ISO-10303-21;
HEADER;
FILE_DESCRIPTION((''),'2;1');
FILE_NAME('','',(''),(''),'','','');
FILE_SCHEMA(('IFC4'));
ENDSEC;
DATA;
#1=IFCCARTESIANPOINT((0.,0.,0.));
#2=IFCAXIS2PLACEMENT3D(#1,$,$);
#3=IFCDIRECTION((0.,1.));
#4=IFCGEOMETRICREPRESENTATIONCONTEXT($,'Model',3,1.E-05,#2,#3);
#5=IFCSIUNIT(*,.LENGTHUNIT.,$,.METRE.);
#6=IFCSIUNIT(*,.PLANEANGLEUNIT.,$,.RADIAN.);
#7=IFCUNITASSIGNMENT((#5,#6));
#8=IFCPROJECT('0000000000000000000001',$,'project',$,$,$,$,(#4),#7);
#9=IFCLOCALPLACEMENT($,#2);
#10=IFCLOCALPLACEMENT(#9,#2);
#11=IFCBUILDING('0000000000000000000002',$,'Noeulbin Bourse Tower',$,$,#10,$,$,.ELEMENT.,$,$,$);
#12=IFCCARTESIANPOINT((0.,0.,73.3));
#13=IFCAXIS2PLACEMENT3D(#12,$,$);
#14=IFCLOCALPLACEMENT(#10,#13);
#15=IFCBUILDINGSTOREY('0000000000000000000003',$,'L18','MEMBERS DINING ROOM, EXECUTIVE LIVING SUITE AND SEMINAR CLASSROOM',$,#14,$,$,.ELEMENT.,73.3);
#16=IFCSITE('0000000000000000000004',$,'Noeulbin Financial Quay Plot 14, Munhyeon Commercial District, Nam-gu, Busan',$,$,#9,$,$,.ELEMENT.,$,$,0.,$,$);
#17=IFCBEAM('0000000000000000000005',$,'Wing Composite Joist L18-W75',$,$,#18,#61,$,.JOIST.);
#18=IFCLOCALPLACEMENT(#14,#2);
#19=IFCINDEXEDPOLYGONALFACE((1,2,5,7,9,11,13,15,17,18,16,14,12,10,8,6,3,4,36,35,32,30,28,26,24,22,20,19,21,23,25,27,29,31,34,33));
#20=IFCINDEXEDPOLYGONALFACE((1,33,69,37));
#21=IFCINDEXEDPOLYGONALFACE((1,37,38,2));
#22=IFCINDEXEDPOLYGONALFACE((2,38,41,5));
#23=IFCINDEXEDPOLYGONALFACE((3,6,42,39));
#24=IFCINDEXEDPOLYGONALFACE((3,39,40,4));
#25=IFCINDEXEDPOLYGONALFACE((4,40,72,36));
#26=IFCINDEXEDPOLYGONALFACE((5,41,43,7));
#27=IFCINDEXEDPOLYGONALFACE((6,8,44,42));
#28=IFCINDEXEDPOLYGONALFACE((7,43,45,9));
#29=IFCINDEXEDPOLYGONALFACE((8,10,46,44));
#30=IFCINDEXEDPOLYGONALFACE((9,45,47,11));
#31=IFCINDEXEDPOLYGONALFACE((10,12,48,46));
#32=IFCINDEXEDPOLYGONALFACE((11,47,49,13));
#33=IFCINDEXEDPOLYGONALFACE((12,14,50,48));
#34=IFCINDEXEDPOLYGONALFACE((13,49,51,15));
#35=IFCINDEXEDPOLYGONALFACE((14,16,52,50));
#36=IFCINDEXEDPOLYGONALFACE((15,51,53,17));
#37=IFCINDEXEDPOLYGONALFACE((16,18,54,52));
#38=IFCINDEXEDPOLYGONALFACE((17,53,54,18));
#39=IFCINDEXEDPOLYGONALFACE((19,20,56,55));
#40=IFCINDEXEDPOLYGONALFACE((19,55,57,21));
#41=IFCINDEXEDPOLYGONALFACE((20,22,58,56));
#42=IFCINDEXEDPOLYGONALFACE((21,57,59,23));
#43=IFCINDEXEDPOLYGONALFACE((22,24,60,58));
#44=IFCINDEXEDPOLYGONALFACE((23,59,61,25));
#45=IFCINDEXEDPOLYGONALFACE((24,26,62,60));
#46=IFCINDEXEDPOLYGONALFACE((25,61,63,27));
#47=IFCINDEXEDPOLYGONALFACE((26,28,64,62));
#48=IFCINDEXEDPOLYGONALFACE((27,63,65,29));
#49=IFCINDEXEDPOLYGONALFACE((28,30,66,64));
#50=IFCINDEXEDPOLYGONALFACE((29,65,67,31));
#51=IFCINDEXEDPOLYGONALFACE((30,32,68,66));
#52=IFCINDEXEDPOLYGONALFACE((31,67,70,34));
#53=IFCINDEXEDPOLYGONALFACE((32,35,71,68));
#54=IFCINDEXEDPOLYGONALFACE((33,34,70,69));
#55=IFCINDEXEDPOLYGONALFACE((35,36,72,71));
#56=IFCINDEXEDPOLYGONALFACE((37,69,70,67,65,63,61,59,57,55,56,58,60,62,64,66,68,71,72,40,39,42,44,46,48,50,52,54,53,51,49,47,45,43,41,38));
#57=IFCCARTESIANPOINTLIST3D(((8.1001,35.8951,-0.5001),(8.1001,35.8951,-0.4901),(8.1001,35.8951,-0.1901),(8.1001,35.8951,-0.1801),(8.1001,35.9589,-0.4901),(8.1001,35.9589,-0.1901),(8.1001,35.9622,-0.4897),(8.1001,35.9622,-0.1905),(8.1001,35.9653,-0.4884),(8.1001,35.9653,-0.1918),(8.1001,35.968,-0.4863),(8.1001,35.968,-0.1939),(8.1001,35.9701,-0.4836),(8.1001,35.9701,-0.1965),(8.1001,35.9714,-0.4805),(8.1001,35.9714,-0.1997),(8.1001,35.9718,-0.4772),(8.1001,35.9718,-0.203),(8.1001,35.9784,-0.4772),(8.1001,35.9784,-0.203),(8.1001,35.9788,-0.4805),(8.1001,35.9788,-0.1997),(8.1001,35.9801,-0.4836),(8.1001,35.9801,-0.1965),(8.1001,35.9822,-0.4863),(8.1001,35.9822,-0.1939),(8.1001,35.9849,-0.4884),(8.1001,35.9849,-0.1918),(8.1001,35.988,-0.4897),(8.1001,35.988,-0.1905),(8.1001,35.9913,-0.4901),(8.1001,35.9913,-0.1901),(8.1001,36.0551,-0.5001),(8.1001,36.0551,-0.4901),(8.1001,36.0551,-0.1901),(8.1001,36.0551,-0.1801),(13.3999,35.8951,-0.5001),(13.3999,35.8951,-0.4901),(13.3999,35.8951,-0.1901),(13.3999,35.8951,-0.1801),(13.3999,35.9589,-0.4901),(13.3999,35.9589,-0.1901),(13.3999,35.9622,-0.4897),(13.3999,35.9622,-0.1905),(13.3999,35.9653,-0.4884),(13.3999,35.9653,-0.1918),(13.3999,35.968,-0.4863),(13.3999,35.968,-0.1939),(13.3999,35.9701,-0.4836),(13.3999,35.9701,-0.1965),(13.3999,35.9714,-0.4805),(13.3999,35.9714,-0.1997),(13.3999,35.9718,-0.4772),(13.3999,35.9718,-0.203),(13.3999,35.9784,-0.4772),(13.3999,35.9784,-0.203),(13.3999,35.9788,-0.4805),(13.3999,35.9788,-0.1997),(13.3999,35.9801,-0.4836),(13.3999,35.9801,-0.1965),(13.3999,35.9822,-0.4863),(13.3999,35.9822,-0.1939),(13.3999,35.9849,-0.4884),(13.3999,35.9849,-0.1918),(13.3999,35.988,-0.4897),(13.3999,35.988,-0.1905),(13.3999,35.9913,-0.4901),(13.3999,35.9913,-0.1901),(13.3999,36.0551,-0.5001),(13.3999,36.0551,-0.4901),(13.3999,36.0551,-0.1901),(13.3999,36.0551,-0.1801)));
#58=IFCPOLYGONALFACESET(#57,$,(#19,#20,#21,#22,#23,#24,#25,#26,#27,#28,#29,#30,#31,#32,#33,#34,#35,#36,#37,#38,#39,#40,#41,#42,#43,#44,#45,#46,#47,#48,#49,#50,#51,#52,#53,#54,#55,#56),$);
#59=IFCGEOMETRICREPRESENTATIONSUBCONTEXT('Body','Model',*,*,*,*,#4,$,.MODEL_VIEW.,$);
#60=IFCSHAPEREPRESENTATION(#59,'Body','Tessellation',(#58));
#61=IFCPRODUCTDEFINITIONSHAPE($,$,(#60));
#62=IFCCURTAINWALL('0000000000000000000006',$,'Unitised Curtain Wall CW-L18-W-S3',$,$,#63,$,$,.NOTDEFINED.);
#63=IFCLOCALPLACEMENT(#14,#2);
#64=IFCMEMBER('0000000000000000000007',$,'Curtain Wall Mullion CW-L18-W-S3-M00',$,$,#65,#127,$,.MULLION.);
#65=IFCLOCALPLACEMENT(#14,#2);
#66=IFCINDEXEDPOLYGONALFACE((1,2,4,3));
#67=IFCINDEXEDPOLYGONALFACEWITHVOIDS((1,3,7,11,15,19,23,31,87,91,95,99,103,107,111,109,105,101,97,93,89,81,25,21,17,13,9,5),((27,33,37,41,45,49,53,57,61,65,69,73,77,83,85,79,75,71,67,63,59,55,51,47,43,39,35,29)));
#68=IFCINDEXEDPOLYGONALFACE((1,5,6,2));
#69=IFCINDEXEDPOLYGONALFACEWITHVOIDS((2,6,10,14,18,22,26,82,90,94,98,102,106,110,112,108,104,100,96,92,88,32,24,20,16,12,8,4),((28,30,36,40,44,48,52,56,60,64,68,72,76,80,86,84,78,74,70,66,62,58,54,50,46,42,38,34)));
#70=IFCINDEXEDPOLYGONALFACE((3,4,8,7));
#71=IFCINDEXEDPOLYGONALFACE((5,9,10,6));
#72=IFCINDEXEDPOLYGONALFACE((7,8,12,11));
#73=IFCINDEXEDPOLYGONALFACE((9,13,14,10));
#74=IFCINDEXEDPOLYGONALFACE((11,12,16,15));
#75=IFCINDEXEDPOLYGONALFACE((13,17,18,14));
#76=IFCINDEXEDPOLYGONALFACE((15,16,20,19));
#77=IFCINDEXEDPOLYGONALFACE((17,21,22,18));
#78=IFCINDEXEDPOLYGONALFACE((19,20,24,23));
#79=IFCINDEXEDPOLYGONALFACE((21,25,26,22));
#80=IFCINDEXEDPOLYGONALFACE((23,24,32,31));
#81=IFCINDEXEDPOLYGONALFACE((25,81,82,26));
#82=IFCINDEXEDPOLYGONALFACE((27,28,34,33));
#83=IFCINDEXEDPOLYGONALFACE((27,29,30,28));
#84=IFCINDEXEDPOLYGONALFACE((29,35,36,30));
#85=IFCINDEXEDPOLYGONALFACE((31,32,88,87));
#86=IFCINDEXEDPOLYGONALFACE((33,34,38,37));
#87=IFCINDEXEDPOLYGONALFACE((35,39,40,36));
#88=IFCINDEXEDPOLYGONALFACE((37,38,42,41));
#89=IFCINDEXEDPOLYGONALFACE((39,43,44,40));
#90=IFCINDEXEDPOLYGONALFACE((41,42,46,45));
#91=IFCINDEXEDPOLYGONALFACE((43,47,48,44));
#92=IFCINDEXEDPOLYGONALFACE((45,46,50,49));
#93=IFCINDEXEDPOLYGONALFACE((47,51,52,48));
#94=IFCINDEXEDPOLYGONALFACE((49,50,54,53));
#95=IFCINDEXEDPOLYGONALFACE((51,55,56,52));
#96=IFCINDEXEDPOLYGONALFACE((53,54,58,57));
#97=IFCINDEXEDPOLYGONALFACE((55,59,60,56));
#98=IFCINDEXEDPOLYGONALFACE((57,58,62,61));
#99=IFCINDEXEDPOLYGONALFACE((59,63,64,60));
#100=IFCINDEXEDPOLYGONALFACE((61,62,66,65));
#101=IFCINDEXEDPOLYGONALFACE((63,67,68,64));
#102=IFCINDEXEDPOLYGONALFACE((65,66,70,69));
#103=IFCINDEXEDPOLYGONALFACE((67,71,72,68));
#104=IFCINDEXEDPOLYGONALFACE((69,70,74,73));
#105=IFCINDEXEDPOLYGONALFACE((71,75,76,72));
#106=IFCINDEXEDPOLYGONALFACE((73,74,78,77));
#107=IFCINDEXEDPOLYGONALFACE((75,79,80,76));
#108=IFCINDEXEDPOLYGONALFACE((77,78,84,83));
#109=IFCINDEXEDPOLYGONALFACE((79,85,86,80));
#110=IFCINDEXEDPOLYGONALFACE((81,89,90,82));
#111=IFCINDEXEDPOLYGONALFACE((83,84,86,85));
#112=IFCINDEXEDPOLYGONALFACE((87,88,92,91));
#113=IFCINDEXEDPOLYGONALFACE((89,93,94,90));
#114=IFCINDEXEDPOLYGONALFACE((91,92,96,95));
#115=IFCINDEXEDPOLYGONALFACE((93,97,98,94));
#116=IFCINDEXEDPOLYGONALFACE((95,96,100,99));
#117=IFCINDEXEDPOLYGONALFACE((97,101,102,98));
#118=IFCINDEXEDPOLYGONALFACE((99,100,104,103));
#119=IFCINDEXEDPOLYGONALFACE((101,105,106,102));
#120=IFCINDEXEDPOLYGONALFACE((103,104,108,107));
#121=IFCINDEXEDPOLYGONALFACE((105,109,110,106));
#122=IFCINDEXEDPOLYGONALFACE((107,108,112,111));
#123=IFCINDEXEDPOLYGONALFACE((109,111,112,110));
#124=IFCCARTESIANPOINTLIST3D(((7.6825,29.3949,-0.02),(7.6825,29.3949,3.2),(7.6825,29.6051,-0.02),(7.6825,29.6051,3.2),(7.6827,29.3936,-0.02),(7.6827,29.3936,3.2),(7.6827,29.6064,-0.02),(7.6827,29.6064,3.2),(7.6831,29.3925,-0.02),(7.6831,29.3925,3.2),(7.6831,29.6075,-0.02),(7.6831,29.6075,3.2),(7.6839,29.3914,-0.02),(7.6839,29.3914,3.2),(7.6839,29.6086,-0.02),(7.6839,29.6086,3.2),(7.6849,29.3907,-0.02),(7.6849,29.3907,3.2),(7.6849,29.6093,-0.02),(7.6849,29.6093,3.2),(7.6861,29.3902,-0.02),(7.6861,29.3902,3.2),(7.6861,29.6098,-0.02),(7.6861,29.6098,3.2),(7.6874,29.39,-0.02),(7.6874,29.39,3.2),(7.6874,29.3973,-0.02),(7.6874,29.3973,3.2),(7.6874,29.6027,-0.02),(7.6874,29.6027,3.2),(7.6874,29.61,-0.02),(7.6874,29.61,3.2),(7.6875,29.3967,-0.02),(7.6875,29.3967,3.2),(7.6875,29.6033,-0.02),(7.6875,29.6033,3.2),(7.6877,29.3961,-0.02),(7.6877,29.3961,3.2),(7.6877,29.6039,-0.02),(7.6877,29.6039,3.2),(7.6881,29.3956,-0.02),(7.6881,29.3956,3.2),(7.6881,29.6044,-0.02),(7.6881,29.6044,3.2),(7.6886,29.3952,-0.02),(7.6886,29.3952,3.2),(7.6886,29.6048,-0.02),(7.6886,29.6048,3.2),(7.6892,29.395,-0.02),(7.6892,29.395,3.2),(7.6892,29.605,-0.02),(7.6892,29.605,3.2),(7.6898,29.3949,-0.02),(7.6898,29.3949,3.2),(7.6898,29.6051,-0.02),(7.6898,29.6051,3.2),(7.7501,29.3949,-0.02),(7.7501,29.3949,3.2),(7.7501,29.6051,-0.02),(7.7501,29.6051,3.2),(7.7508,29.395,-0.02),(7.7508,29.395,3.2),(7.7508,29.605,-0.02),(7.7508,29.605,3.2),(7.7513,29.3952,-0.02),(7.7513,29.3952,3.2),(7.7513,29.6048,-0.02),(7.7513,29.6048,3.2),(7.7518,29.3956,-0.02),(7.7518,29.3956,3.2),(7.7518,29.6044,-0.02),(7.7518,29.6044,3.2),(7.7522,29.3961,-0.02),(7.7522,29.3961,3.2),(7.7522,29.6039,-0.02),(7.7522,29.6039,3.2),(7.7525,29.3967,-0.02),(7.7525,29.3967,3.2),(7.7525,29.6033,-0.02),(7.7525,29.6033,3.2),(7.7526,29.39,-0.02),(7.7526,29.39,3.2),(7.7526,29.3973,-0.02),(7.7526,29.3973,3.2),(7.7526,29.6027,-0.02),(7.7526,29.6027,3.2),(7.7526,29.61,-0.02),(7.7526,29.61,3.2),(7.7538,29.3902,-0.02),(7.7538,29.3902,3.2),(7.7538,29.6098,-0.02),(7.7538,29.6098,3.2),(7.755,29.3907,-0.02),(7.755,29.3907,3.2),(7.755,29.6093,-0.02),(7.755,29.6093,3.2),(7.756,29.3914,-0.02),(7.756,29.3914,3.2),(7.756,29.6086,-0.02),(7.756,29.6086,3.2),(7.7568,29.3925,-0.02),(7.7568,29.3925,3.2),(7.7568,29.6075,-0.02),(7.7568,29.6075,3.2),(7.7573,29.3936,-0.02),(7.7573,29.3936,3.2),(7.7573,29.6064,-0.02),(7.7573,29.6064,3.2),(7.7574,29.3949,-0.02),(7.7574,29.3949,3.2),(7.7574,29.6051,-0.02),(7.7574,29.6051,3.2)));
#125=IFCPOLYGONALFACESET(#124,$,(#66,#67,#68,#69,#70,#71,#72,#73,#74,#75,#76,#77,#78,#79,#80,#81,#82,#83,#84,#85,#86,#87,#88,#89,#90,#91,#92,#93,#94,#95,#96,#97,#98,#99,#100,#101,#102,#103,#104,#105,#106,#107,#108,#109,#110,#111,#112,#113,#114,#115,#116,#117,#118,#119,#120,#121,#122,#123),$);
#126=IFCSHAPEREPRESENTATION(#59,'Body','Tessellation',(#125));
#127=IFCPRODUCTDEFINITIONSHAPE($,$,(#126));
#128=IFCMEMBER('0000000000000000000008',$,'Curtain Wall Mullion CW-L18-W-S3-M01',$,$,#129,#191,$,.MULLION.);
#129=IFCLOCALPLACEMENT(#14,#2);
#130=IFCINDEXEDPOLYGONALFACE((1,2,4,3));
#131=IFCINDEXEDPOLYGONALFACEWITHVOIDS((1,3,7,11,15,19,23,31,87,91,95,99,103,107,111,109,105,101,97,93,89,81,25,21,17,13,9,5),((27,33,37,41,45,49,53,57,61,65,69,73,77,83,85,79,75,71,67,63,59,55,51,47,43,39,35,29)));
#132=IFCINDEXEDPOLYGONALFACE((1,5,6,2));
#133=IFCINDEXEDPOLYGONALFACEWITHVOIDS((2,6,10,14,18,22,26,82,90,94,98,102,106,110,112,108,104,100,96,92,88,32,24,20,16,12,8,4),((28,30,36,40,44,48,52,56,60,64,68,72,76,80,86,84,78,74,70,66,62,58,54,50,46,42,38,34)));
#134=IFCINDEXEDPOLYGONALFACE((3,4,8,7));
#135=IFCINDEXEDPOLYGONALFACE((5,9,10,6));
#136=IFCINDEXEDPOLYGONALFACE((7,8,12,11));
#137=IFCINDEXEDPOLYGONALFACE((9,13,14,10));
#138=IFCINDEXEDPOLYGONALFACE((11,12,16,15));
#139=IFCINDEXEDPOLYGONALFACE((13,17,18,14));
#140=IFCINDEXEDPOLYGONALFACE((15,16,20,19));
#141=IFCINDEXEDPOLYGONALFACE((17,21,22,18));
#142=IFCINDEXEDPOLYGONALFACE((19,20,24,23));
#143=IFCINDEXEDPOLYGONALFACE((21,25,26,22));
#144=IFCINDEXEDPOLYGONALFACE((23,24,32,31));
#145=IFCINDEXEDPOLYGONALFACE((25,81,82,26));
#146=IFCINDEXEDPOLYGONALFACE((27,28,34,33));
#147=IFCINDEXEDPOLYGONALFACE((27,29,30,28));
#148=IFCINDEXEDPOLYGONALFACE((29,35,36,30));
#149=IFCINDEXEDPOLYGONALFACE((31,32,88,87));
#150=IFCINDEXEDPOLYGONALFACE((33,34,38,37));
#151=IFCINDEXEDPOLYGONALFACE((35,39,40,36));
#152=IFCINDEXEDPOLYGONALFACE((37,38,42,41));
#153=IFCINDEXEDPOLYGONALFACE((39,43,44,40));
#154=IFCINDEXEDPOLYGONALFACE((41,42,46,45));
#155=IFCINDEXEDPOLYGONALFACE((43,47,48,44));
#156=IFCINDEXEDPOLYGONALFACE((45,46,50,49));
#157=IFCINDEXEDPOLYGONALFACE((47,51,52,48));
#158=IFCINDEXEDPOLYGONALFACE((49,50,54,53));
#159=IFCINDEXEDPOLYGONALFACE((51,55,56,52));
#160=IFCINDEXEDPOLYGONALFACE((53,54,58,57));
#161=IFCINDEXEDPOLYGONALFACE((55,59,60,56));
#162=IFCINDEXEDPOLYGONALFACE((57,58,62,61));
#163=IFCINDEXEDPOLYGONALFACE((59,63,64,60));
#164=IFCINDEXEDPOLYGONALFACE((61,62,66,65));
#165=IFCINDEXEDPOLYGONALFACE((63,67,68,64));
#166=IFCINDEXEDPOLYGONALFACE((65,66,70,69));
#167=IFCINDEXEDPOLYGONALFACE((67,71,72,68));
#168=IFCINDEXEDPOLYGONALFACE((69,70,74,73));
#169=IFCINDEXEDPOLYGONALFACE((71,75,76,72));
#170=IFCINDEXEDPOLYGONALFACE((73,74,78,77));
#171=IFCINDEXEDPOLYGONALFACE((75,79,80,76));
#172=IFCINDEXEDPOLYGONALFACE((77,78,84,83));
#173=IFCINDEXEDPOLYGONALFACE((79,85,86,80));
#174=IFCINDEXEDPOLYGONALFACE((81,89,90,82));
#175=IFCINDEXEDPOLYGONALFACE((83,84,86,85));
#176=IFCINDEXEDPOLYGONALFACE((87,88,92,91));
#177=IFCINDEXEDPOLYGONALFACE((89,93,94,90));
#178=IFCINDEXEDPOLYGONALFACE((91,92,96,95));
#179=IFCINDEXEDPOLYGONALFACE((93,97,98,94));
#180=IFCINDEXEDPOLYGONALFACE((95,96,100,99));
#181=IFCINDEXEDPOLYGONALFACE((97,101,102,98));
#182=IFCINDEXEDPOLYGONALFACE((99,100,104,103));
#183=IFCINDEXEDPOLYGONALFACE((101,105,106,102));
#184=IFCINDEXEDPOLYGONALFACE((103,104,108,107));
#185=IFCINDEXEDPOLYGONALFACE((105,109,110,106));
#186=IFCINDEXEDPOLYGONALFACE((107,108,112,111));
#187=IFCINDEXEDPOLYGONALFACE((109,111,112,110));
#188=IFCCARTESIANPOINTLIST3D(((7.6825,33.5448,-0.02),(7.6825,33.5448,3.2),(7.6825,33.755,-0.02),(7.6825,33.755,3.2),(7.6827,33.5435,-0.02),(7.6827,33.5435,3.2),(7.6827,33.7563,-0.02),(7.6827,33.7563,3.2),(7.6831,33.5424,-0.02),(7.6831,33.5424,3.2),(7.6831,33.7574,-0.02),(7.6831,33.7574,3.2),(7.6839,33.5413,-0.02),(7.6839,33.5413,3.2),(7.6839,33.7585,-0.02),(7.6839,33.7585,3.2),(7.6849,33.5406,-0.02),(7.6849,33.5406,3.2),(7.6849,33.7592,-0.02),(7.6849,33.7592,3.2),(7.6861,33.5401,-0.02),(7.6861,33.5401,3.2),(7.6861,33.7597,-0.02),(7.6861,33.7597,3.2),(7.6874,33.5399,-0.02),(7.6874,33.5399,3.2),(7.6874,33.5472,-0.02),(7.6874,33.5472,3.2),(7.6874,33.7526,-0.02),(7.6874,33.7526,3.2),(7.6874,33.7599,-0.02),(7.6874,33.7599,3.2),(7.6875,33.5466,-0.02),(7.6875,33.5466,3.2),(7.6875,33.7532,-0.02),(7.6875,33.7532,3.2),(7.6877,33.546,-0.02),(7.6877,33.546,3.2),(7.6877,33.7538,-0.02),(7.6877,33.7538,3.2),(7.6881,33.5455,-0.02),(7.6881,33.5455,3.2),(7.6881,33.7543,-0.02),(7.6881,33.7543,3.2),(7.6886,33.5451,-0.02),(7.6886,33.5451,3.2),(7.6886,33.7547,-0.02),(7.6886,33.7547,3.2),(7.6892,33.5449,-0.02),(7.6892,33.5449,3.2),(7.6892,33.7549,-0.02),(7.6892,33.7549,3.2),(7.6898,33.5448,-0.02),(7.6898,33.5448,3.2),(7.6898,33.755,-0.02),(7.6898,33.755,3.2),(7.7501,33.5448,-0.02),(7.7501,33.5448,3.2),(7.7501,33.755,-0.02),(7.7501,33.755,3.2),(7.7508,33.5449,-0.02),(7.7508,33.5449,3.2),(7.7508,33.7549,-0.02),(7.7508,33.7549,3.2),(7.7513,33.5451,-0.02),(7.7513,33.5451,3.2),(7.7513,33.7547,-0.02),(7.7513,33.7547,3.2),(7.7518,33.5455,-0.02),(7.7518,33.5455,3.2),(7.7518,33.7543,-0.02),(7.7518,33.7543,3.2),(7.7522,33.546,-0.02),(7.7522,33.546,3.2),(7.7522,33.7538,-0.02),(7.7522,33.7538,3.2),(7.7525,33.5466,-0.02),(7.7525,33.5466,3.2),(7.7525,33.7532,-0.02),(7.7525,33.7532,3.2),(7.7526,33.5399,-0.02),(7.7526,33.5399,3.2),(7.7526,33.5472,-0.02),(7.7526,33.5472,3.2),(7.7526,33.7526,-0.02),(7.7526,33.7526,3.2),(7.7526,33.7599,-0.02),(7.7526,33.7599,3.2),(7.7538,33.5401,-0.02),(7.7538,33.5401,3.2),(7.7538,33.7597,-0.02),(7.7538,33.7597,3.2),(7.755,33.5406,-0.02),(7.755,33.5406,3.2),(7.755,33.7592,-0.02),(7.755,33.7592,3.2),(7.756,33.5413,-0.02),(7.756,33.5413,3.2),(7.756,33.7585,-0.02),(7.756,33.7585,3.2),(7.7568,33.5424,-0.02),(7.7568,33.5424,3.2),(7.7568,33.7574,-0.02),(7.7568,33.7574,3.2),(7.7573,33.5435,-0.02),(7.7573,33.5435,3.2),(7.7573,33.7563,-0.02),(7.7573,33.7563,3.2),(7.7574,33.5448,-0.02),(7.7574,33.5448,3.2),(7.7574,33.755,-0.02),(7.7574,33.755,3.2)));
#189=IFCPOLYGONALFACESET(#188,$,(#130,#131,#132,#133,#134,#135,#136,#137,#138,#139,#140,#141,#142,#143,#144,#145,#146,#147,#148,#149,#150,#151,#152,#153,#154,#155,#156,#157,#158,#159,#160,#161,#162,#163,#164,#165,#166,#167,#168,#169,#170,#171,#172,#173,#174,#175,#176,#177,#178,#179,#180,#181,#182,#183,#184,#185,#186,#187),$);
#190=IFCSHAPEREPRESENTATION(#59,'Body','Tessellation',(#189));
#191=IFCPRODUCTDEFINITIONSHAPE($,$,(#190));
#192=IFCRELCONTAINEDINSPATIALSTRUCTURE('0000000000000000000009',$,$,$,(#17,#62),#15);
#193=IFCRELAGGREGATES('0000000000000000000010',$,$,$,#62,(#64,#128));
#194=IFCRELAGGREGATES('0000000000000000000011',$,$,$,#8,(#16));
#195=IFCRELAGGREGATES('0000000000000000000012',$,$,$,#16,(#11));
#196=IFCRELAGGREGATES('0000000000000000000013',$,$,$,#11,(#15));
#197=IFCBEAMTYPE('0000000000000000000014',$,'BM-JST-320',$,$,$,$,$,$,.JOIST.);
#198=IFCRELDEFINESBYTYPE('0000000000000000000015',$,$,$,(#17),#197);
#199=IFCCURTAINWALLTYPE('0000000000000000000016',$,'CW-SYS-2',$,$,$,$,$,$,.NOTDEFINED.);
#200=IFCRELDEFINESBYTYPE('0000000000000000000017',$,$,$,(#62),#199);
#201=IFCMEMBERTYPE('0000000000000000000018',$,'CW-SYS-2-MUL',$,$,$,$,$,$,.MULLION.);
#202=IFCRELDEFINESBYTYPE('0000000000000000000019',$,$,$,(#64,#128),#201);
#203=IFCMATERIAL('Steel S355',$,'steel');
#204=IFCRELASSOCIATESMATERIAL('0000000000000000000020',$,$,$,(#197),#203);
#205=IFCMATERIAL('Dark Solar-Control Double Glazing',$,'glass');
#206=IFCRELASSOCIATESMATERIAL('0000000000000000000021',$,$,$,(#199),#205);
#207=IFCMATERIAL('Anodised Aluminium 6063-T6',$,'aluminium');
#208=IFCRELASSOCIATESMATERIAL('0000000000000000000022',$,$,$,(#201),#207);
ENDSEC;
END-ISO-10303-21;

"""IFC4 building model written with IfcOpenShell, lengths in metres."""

from ifc_helpers import new_model, si_unit, direction, frame, origin, origin_2d, place, context, subcontext, project, spatial, hollow_rectangle, i_section, extrude, material, material_profile, profile_set, type_object, element, aggregate, save


model = new_model("IFC4")

# Units and contexts
model_context = context("Model", 3, precision=1e-05, world=origin(), true_north=direction((0.0, 1.0)))
body_context = subcontext(model_context, "Body", "Model", "MODEL_VIEW")
ifc_project = project(units=[si_unit("LENGTHUNIT", "METRE"), si_unit("PLANEANGLEUNIT", "RADIAN")], contexts=[model_context])

# Site, building, storey
site_placement = place(None, origin())
site = spatial("IfcSite", under=ifc_project, at=site_placement, Name="Noeulbin Financial Quay Plot 14, Munhyeon Commercial District, Nam-gu, Busan", CompositionType="ELEMENT", RefElevation=0.0)
building_placement = place(site_placement, origin())
building = spatial("IfcBuilding", under=site, at=building_placement, Name="Noeulbin Bourse Tower", CompositionType="ELEMENT")
storey_placement = place(building_placement, frame((0.0, 0.0, 73.3)))
storey = spatial("IfcBuildingStorey", under=building, at=storey_placement, Name="L18", Description="MEMBERS DINING ROOM, EXECUTIVE LIVING SUITE AND SEMINAR CLASSROOM", CompositionType="ELEMENT", Elevation=73.3)

# Beam
ifc_material_1 = material(Name="Steel S355", Category="steel")
ifc_material_profile_1 = material_profile(ifc_material_1, i_section(OverallWidth=0.1599, OverallDepth=0.3201, WebThickness=0.0066, FlangeThickness=0.01, FilletRadius=0.0129, at=origin_2d()), Name="H-320x160x6.5x10", Category="LoadBearing")
ifc_profile_set_1 = profile_set([ifc_material_profile_1], Name="Steel S355")
beam_type = type_object("IfcBeamType", Name="BM-JST-320", PredefinedType="JOIST", material=ifc_profile_set_1)
for number, where, z_axis, x_axis, name in (
    (1, (8.1001, 35.9751, -0.3401), (1.0, 0.0, 0.0), (0.0, 1.0, 0.0), "Wing Composite Joist L18-W75"),
):
    element("IfcBeam", number, at=place(storey_placement, frame(where, z_axis=z_axis, x_axis=x_axis)), inside=storey, type_object=beam_type, Name=name, PredefinedType="JOIST", context=body_context, shape_type="SweptSolid", body=[
        extrude(i_section(OverallWidth=0.1599, OverallDepth=0.3201, WebThickness=0.0066, FlangeThickness=0.01, FilletRadius=0.0129, at=origin_2d()), origin(), (0.0, 0.0, 1.0), 5.2998),
    ])

# Curtain wall, members
ifc_material_2 = material(Name="Dark Solar-Control Double Glazing", Category="glass")
curtain_wall_type = type_object("IfcCurtainWallType", Name="CW-SYS-2", PredefinedType="NOTDEFINED", material=ifc_material_2)
curtain_wall_placement = place(storey_placement, origin())
curtain_wall = element("IfcCurtainWall", 2, at=curtain_wall_placement, inside=storey, type_object=curtain_wall_type, Name="Unitised Curtain Wall CW-L18-W-S3", PredefinedType="NOTDEFINED")
ifc_material_3 = material(Name="Anodised Aluminium 6063-T6", Category="aluminium")
ifc_material_profile_2 = material_profile(ifc_material_3, hollow_rectangle(XDim=0.075, YDim=0.22, WallThickness=0.0049, InnerFilletRadius=0.0024, OuterFilletRadius=0.0049, at=origin_2d()), Name="ALU-MULL-75x220x5", Category="LoadBearing")
ifc_profile_set_2 = profile_set([ifc_material_profile_2], Name="Anodised Aluminium 6063-T6")
member_type_1 = type_object("IfcMemberType", Name="CW-SYS-2-MUL", PredefinedType="MULLION", material=ifc_profile_set_2)
member_1_placement = place(storey_placement, frame((7.72, 29.5, -0.02), z_axis=(0.0, 0.0, 1.0), x_axis=(1.0, 0.0, 0.0)))
member_1 = element("IfcMember", 3, at=member_1_placement, type_object=member_type_1, Name="Curtain Wall Mullion CW-L18-W-S3-M00", PredefinedType="MULLION", context=body_context, shape_type="SweptSolid", body=[
    extrude(hollow_rectangle(XDim=0.075, YDim=0.22, WallThickness=0.0049, InnerFilletRadius=0.0024, OuterFilletRadius=0.0049, at=origin_2d()), origin(), (0.0, 0.0, 1.0), 3.22),
])
member_2_placement = place(storey_placement, frame((7.72, 33.6499, -0.02), z_axis=(0.0, 0.0, 1.0), x_axis=(1.0, 0.0, 0.0)))
member_2 = element("IfcMember", 4, at=member_2_placement, type_object=member_type_1, Name="Curtain Wall Mullion CW-L18-W-S3-M01", PredefinedType="MULLION", context=body_context, shape_type="SweptSolid", body=[
    extrude(hollow_rectangle(XDim=0.075, YDim=0.22, WallThickness=0.0049, InnerFilletRadius=0.0024, OuterFilletRadius=0.0049, at=origin_2d()), origin(), (0.0, 0.0, 1.0), 3.22),
])
aggregate(curtain_wall, [member_1, member_2])

save(model, "model.ifc")
